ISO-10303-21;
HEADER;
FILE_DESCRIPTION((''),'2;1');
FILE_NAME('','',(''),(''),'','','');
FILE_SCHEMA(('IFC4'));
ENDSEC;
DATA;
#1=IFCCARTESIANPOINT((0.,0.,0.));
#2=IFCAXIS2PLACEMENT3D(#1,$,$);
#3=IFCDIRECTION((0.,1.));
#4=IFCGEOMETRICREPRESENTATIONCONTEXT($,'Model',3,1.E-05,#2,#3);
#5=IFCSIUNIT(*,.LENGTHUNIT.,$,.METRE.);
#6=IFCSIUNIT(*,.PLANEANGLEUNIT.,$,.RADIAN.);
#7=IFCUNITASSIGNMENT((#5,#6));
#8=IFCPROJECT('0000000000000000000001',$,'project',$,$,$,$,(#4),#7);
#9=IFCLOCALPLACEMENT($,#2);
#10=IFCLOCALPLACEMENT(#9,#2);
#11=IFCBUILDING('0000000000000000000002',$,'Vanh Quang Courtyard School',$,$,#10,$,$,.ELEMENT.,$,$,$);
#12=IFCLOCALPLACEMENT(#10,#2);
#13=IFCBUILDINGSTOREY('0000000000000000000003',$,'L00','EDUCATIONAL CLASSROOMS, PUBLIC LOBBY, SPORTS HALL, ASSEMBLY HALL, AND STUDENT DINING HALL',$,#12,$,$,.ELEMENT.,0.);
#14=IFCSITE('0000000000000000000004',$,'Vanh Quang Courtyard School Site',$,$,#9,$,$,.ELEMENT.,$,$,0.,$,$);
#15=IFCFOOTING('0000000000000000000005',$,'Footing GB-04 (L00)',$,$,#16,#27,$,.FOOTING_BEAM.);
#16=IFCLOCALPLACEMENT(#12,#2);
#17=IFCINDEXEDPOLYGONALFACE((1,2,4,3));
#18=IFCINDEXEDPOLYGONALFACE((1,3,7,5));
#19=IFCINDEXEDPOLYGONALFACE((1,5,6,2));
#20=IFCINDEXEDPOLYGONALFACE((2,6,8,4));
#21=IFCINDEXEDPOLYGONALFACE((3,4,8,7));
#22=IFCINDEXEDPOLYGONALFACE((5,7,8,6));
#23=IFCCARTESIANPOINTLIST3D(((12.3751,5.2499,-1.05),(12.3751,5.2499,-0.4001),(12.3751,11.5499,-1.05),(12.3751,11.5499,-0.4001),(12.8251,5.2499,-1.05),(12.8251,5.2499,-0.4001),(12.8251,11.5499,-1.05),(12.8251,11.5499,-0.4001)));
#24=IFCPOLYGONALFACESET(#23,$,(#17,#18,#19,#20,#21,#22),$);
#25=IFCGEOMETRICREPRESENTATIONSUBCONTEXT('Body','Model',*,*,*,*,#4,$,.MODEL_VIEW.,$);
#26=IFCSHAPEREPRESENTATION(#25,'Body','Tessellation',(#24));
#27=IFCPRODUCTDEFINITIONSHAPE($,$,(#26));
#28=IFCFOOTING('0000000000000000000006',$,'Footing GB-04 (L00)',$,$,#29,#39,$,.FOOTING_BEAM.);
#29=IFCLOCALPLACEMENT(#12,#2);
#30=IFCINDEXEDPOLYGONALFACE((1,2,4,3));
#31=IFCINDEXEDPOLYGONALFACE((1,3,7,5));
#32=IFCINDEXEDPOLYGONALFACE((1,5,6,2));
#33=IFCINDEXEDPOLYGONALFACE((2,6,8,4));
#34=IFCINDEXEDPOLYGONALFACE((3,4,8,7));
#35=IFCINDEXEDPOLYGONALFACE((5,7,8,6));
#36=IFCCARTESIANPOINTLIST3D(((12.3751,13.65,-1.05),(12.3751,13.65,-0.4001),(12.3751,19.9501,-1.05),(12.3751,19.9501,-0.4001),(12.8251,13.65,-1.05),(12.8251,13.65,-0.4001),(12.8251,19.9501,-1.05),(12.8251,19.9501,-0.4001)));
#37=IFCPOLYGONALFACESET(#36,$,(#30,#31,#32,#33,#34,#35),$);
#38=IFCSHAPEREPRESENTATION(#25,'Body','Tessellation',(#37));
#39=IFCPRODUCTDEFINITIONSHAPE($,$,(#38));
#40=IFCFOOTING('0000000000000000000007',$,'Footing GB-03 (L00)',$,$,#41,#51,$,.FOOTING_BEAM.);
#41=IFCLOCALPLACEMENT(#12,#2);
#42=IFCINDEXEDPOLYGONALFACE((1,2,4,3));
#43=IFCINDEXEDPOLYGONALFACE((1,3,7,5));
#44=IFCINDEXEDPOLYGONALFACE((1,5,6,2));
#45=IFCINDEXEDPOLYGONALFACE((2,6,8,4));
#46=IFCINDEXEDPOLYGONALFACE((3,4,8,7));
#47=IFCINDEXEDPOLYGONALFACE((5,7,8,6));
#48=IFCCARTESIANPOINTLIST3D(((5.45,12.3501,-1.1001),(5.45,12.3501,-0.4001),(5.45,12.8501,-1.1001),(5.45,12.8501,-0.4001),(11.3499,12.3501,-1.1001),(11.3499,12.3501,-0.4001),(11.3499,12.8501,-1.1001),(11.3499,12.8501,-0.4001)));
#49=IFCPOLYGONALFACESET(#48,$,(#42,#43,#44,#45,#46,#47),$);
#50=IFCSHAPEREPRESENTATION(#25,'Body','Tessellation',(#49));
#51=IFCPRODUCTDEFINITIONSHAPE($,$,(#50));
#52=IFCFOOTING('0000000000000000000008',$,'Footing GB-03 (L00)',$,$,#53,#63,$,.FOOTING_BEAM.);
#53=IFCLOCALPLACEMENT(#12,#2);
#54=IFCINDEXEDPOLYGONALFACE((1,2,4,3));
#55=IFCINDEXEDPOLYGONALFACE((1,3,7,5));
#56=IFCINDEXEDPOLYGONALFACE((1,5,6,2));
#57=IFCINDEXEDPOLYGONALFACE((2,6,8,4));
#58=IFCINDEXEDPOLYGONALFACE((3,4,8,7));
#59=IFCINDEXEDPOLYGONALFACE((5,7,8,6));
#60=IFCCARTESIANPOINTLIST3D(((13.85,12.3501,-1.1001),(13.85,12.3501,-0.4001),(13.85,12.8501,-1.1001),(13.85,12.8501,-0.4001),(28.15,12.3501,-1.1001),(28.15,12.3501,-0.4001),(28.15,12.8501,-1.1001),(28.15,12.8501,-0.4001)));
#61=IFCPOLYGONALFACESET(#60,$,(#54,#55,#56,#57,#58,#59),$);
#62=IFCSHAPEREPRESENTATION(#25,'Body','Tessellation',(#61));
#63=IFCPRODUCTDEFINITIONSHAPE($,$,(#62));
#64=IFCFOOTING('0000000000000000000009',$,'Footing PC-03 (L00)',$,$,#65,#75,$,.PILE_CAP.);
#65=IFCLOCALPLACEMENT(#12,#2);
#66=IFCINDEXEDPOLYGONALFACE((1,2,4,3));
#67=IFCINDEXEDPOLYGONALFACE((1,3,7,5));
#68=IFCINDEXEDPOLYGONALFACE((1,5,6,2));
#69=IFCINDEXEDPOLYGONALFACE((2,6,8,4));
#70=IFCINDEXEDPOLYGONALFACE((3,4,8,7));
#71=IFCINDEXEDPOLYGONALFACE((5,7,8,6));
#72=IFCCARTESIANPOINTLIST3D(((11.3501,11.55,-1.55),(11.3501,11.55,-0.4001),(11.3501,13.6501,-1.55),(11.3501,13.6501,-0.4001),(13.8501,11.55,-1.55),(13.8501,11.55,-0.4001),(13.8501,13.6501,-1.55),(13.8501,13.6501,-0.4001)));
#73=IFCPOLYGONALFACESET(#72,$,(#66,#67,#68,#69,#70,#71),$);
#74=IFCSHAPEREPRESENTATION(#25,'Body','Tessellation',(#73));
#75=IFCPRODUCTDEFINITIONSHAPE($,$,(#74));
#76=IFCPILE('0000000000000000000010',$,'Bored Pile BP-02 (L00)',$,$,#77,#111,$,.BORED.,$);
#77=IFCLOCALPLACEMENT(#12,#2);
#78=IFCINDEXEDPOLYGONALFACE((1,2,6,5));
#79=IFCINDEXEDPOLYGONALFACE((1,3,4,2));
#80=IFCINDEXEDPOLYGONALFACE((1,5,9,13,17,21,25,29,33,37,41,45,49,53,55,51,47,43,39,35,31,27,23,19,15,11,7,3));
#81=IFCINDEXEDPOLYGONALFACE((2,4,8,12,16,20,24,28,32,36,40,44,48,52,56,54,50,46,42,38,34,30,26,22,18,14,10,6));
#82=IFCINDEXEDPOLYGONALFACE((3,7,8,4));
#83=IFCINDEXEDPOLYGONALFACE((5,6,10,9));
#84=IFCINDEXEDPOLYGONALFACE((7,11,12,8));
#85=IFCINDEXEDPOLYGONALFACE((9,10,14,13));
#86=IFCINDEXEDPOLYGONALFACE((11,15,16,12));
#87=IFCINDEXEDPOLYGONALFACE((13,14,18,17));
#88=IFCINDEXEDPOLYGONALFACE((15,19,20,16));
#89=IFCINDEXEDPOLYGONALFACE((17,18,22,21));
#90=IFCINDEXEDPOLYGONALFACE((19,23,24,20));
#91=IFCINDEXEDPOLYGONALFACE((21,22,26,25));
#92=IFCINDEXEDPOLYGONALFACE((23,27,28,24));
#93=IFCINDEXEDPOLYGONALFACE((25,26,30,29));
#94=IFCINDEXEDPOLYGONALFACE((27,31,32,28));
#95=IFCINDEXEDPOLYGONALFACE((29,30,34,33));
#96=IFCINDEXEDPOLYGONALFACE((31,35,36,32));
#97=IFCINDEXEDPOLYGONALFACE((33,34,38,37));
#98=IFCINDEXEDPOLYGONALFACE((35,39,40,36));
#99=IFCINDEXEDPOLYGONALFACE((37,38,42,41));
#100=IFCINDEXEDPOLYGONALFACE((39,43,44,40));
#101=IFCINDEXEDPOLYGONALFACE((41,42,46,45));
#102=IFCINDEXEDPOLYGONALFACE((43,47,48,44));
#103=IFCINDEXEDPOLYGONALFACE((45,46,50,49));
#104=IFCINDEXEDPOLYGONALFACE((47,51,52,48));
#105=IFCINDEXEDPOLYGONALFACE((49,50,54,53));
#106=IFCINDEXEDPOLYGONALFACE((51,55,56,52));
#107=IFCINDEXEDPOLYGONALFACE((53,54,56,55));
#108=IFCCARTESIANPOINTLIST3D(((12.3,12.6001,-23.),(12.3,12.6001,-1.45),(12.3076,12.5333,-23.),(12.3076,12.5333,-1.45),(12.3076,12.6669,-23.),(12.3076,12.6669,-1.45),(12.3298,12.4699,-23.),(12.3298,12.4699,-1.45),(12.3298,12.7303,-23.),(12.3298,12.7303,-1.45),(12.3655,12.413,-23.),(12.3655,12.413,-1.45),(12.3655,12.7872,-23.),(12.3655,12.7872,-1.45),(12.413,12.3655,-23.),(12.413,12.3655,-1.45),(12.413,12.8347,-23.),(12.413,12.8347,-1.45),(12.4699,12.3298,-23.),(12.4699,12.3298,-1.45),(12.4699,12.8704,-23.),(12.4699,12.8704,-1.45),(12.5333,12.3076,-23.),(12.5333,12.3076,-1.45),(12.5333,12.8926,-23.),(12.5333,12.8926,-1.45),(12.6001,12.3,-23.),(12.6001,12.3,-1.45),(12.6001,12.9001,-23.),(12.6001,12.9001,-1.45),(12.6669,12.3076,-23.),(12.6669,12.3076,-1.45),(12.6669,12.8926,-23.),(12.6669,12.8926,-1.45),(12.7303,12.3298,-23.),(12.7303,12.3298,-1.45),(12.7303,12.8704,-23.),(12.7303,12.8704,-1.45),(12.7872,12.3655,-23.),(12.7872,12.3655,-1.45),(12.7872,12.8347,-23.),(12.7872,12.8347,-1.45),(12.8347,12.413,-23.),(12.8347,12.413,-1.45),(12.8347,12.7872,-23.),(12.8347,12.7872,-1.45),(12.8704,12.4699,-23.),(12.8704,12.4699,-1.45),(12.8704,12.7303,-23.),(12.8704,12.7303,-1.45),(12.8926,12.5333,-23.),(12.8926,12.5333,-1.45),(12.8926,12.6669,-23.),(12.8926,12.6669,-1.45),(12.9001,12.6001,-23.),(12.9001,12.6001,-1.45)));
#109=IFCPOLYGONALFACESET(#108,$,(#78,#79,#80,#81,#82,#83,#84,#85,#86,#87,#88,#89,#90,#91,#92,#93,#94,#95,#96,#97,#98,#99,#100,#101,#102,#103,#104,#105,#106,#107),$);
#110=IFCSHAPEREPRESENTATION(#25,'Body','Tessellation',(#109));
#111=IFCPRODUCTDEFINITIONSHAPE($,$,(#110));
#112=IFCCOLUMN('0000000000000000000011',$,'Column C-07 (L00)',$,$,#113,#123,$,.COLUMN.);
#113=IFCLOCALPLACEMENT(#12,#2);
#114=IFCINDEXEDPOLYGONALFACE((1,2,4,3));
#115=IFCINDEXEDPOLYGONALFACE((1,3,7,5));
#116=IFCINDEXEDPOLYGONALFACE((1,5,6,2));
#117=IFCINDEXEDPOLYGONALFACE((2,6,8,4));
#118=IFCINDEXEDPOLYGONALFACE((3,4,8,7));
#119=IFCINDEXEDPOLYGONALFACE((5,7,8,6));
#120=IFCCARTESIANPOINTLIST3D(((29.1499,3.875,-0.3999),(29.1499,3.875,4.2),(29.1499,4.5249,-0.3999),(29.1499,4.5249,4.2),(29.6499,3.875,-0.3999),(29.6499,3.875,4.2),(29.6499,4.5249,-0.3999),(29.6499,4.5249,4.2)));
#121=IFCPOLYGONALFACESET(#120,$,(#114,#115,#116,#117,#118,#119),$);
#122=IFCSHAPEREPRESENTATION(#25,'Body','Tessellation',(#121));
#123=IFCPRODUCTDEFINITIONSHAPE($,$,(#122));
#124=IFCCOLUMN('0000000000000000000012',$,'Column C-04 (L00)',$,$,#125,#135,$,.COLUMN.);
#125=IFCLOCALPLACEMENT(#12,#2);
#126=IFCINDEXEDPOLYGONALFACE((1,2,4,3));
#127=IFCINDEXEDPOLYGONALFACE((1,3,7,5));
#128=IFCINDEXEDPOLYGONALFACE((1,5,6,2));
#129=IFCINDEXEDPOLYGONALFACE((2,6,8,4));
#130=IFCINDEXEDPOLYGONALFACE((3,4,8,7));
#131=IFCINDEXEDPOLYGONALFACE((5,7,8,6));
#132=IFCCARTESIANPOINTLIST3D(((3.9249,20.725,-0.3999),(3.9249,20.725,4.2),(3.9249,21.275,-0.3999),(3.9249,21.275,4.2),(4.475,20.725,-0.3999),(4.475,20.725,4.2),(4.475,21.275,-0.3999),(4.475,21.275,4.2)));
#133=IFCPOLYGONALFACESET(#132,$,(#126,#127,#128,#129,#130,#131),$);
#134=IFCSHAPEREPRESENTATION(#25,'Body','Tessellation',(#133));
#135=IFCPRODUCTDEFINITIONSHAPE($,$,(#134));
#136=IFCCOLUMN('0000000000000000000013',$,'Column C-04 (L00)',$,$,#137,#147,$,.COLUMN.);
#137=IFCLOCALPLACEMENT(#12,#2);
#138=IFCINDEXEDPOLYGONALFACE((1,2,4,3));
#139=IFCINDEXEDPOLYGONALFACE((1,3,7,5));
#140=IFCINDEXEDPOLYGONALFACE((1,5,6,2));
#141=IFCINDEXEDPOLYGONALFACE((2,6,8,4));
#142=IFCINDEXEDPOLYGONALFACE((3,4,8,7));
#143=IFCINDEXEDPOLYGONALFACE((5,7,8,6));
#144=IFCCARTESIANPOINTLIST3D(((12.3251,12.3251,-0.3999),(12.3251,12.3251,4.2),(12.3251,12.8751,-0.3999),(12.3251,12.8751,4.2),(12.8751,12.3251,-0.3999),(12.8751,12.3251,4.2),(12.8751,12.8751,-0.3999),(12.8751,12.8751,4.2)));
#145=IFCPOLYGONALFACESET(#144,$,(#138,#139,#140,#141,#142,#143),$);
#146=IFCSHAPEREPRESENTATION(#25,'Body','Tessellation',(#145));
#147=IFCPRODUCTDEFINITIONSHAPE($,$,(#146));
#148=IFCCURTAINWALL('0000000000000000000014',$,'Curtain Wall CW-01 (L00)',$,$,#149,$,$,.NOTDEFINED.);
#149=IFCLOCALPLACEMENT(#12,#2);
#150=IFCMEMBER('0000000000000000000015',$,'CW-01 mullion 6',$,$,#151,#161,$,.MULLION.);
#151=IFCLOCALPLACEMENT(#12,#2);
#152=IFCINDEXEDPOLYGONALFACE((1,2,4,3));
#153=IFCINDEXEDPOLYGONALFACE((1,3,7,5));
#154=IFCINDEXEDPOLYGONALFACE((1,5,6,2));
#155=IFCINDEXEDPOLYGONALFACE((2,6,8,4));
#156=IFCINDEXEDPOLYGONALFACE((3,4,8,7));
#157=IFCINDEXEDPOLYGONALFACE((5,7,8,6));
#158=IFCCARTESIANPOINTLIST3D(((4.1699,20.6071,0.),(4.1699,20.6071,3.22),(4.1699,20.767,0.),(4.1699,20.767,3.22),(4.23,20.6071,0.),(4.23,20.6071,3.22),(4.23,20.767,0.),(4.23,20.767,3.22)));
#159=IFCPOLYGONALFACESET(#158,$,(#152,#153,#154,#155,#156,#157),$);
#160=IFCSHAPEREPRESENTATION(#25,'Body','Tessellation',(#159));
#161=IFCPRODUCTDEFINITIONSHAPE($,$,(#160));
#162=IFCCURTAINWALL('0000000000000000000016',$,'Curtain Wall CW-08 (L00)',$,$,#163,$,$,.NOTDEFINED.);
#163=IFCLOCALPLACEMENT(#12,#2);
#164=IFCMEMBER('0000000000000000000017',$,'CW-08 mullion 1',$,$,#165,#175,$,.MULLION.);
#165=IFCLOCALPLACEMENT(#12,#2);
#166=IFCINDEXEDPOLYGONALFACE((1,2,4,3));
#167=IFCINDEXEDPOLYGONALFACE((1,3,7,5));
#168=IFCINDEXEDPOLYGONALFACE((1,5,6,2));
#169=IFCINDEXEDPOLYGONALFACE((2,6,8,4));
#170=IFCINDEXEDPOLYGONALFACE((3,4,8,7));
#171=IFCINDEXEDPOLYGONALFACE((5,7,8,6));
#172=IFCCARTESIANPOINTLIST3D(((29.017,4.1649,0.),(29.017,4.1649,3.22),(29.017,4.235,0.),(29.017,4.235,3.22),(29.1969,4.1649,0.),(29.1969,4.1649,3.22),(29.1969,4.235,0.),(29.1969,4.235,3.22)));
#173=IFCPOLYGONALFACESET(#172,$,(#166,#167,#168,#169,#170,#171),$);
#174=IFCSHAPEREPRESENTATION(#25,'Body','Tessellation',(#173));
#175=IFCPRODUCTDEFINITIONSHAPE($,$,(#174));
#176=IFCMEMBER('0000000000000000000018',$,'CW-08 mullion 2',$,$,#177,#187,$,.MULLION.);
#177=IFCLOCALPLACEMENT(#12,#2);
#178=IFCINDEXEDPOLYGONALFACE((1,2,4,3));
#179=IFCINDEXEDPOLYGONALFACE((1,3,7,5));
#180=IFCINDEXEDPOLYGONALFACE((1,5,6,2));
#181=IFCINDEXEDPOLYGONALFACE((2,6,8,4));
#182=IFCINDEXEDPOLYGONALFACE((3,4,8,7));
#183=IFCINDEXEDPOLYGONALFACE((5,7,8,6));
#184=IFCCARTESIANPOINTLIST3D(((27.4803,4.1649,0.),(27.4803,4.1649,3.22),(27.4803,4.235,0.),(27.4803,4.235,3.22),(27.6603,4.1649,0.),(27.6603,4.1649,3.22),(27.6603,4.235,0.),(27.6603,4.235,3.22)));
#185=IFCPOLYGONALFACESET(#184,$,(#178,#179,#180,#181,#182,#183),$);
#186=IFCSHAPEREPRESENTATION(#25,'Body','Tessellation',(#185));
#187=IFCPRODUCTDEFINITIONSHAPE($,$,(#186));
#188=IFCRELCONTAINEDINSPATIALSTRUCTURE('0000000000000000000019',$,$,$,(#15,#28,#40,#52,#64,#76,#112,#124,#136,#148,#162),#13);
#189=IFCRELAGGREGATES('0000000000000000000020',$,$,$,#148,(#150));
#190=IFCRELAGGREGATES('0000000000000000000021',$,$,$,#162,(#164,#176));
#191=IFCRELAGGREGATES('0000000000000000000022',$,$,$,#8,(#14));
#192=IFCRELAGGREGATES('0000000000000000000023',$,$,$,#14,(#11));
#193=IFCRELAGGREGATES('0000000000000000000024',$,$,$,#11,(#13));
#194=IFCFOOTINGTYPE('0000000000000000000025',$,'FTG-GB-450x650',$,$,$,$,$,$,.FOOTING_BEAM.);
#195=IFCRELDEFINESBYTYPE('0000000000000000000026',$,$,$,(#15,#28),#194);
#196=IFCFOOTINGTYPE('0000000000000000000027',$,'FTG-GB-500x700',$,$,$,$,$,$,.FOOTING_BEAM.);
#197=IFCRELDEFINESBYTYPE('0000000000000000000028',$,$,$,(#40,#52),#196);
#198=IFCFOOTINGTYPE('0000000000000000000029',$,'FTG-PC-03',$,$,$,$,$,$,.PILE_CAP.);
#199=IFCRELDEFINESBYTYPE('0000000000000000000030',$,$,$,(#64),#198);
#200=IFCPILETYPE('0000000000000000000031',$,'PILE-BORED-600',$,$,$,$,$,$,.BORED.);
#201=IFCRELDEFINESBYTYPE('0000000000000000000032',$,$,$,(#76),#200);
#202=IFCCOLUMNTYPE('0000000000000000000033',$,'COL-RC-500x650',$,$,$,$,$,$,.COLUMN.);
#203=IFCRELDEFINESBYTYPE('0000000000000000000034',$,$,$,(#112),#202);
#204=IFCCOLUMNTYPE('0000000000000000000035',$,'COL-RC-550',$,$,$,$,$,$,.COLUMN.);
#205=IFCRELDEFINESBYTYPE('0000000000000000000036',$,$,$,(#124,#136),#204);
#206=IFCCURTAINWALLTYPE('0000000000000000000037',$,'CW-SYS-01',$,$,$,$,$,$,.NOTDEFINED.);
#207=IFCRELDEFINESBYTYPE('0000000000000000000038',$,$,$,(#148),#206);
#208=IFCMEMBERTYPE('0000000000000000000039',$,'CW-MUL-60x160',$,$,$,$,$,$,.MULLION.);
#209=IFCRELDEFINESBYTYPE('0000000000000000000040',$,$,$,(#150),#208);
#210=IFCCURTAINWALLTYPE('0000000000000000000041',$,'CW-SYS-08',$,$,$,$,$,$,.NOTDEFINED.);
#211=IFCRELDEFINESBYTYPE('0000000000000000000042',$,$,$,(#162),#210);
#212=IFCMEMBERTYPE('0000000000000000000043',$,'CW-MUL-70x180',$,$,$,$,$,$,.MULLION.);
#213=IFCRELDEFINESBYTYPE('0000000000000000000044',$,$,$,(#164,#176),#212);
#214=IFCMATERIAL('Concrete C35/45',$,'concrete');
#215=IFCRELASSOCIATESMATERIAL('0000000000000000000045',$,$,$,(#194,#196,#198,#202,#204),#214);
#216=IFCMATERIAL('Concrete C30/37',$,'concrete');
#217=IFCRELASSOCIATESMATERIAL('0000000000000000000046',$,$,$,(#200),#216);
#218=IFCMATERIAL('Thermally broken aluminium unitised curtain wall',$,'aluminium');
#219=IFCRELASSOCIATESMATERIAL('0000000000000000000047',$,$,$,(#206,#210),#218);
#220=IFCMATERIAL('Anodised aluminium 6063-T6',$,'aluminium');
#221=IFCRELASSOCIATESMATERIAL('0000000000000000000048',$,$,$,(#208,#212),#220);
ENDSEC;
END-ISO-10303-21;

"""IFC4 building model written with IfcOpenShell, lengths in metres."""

from ifc_helpers import new_model, si_unit, direction, frame, origin, origin_2d, place, context, subcontext, project, spatial, rectangle, circle, extrude, material, material_profile, profile_set, type_object, element, aggregate, save


model = new_model("IFC4")

# Units and contexts
model_context = context("Model", 3, precision=1e-05, world=origin(), true_north=direction((0.0, 1.0)))
body_context = subcontext(model_context, "Body", "Model", "MODEL_VIEW")
ifc_project = project(units=[si_unit("LENGTHUNIT", "METRE"), si_unit("PLANEANGLEUNIT", "RADIAN")], contexts=[model_context])

# Site, building, storey
site_placement = place(None, origin())
site = spatial("IfcSite", under=ifc_project, at=site_placement, Name="Vanh Quang Courtyard School Site", CompositionType="ELEMENT", RefElevation=0.0)
building_placement = place(site_placement, origin())
building = spatial("IfcBuilding", under=site, at=building_placement, Name="Vanh Quang Courtyard School", CompositionType="ELEMENT")
storey_placement = place(building_placement, origin())
storey = spatial("IfcBuildingStorey", under=building, at=storey_placement, Name="L00", Description="EDUCATIONAL CLASSROOMS, PUBLIC LOBBY, SPORTS HALL, ASSEMBLY HALL, AND STUDENT DINING HALL", CompositionType="ELEMENT", Elevation=0.0)

# Footings
ifc_material_1 = material(Name="Concrete C35/45", Category="concrete")
footing_type_1 = type_object("IfcFootingType", Name="FTG-GB-450x650", PredefinedType="FOOTING_BEAM", material=ifc_material_1)
for number, where, z_axis, x_axis, name in (
    (1, (12.6001, 8.3999, -1.05), (0.0, 0.0, 1.0), (0.0, 1.0, 0.0), "Footing GB-04 (L00)"),
    (2, (12.6001, 16.8, -1.05), (0.0, 0.0, 1.0), (0.0, 1.0, 0.0), "Footing GB-04 (L00)"),
):
    element("IfcFooting", number, at=place(storey_placement, frame(where, z_axis=z_axis, x_axis=x_axis)), inside=storey, type_object=footing_type_1, Name=name, PredefinedType="FOOTING_BEAM", context=body_context, shape_type="SweptSolid", body=[
        extrude(rectangle(XDim=6.3, YDim=0.45, at=origin_2d()), origin(), (0.0, 0.0, 1.0), 0.6499),
    ])
footing_type_2 = type_object("IfcFootingType", Name="FTG-GB-500x700", PredefinedType="FOOTING_BEAM", material=ifc_material_1)
footing_1_placement = place(storey_placement, frame((8.3999, 12.6001, -1.1001), z_axis=(0.0, 0.0, 1.0), x_axis=(1.0, 0.0, 0.0)))
element("IfcFooting", 3, at=footing_1_placement, inside=storey, type_object=footing_type_2, Name="Footing GB-03 (L00)", PredefinedType="FOOTING_BEAM", context=body_context, shape_type="SweptSolid", body=[
    extrude(rectangle(XDim=5.8999, YDim=0.5, at=origin_2d()), origin(), (0.0, 0.0, 1.0), 0.7),
])
footing_2_placement = place(storey_placement, frame((21.0, 12.6001, -1.1001), z_axis=(0.0, 0.0, 1.0), x_axis=(1.0, 0.0, 0.0)))
element("IfcFooting", 4, at=footing_2_placement, inside=storey, type_object=footing_type_2, Name="Footing GB-03 (L00)", PredefinedType="FOOTING_BEAM", context=body_context, shape_type="SweptSolid", body=[
    extrude(rectangle(XDim=14.3, YDim=0.5, at=origin_2d()), origin(), (0.0, 0.0, 1.0), 0.7),
])
footing_type_3 = type_object("IfcFootingType", Name="FTG-PC-03", PredefinedType="PILE_CAP", material=ifc_material_1)
footing_3_placement = place(storey_placement, frame((12.6001, 12.6001, -1.55), z_axis=(0.0, 0.0, 1.0), x_axis=(1.0, 0.0, 0.0)))
element("IfcFooting", 5, at=footing_3_placement, inside=storey, type_object=footing_type_3, Name="Footing PC-03 (L00)", PredefinedType="PILE_CAP", context=body_context, shape_type="SweptSolid", body=[
    extrude(rectangle(XDim=2.5, YDim=2.1001, at=origin_2d()), origin(), (0.0, 0.0, 1.0), 1.1499),
])

# Pile
ifc_material_2 = material(Name="Concrete C30/37", Category="concrete")
ifc_material_profile_1 = material_profile(ifc_material_2, circle(Radius=0.3, at=origin_2d()), Name="PILE D600")
ifc_profile_set_1 = profile_set([ifc_material_profile_1], Name="Concrete C30/37")
pile_type = type_object("IfcPileType", Name="PILE-BORED-600", PredefinedType="BORED", material=ifc_profile_set_1)
pile_placement = place(storey_placement, frame((12.6001, 12.6001, -1.45), z_axis=(0.0, 0.0, -1.0), x_axis=(1.0, 0.0, 0.0)))
element("IfcPile", 6, at=pile_placement, inside=storey, type_object=pile_type, Name="Bored Pile BP-02 (L00)", PredefinedType="BORED", context=body_context, shape_type="SweptSolid", body=[
    extrude(circle(Radius=0.3, at=origin_2d()), origin(), (0.0, 0.0, 1.0), 21.55),
])

# Columns
ifc_material_profile_2 = material_profile(ifc_material_1, rectangle(XDim=0.5, YDim=0.6499, at=origin_2d()), Name="RC-COL 500x650")
ifc_profile_set_2 = profile_set([ifc_material_profile_2], Name="Concrete C35/45")
column_type_1 = type_object("IfcColumnType", Name="COL-RC-500x650", PredefinedType="COLUMN", material=ifc_profile_set_2)
column_placement = place(storey_placement, frame((29.3999, 4.2, -0.3999), z_axis=(0.0, 0.0, 1.0), x_axis=(1.0, 0.0, 0.0)))
element("IfcColumn", 7, at=column_placement, inside=storey, type_object=column_type_1, Name="Column C-07 (L00)", PredefinedType="COLUMN", context=body_context, shape_type="SweptSolid", body=[
    extrude(rectangle(XDim=0.5, YDim=0.6499, at=origin_2d()), origin(), (0.0, 0.0, 1.0), 4.5999),
])
ifc_material_profile_3 = material_profile(ifc_material_1, rectangle(XDim=0.55, YDim=0.55, at=origin_2d()), Name="RC-COL 550x550")
ifc_profile_set_3 = profile_set([ifc_material_profile_3], Name="Concrete C35/45")
column_type_2 = type_object("IfcColumnType", Name="COL-RC-550", PredefinedType="COLUMN", material=ifc_profile_set_3)
for number, where, z_axis, x_axis, name in (
    (8, (4.2, 21.0, -0.3999), (0.0, 0.0, 1.0), (1.0, 0.0, 0.0), "Column C-04 (L00)"),
    (9, (12.6001, 12.6001, -0.3999), (0.0, 0.0, 1.0), (1.0, 0.0, 0.0), "Column C-04 (L00)"),
):
    element("IfcColumn", number, at=place(storey_placement, frame(where, z_axis=z_axis, x_axis=x_axis)), inside=storey, type_object=column_type_2, Name=name, PredefinedType="COLUMN", context=body_context, shape_type="SweptSolid", body=[
        extrude(rectangle(XDim=0.55, YDim=0.55, at=origin_2d()), origin(), (0.0, 0.0, 1.0), 4.5999),
    ])

# Curtain wall, member
ifc_material_3 = material(Name="Thermally broken aluminium unitised curtain wall", Category="aluminium")
curtain_wall_type_1 = type_object("IfcCurtainWallType", Name="CW-SYS-01", PredefinedType="NOTDEFINED", material=ifc_material_3)
curtain_wall_1_placement = place(storey_placement, origin())
curtain_wall_1 = element("IfcCurtainWall", 10, at=curtain_wall_1_placement, inside=storey, type_object=curtain_wall_type_1, Name="Curtain Wall CW-01 (L00)", PredefinedType="NOTDEFINED")
ifc_material_4 = material(Name="Anodised aluminium 6063-T6", Category="aluminium")
ifc_material_profile_4 = material_profile(ifc_material_4, rectangle(XDim=0.0601, YDim=0.1599, at=origin_2d()), Name="ALU-MUL 60x160")
ifc_profile_set_4 = profile_set([ifc_material_profile_4], Name="Anodised aluminium 6063-T6")
member_type_1 = type_object("IfcMemberType", Name="CW-MUL-60x160", PredefinedType="MULLION", material=ifc_profile_set_4)
member_1_placement = place(storey_placement, frame((4.2, 20.687, 0.0), z_axis=(0.0, 0.0, 1.0), x_axis=(-1.0, 0.0, 0.0)))
member_1 = element("IfcMember", 11, at=member_1_placement, type_object=member_type_1, Name="CW-01 mullion 6", PredefinedType="MULLION", context=body_context, shape_type="SweptSolid", body=[
    extrude(rectangle(XDim=0.0601, YDim=0.1599, at=origin_2d()), origin(), (0.0, 0.0, 1.0), 3.22),
])
aggregate(curtain_wall_1, [member_1])

# Curtain wall, members
curtain_wall_type_2 = type_object("IfcCurtainWallType", Name="CW-SYS-08", PredefinedType="NOTDEFINED", material=ifc_material_3)
curtain_wall_2_placement = place(storey_placement, origin())
curtain_wall_2 = element("IfcCurtainWall", 12, at=curtain_wall_2_placement, inside=storey, type_object=curtain_wall_type_2, Name="Curtain Wall CW-08 (L00)", PredefinedType="NOTDEFINED")
ifc_material_profile_5 = material_profile(ifc_material_4, rectangle(XDim=0.0701, YDim=0.1799, at=origin_2d()), Name="ALU-MUL 70x180")
ifc_profile_set_5 = profile_set([ifc_material_profile_5], Name="Anodised aluminium 6063-T6")
member_type_2 = type_object("IfcMemberType", Name="CW-MUL-70x180", PredefinedType="MULLION", material=ifc_profile_set_5)
member_2_placement = place(storey_placement, frame((29.1069, 4.2, 0.0), z_axis=(0.0, 0.0, 1.0), x_axis=(0.0, -1.0, 0.0)))
member_2 = element("IfcMember", 13, at=member_2_placement, type_object=member_type_2, Name="CW-08 mullion 1", PredefinedType="MULLION", context=body_context, shape_type="SweptSolid", body=[
    extrude(rectangle(XDim=0.0701, YDim=0.1799, at=origin_2d()), origin(), (0.0, 0.0, 1.0), 3.22),
])
member_3_placement = place(storey_placement, frame((27.5703, 4.2, 0.0), z_axis=(0.0, 0.0, 1.0), x_axis=(0.0, -1.0, 0.0)))
member_3 = element("IfcMember", 14, at=member_3_placement, type_object=member_type_2, Name="CW-08 mullion 2", PredefinedType="MULLION", context=body_context, shape_type="SweptSolid", body=[
    extrude(rectangle(XDim=0.0701, YDim=0.1799, at=origin_2d()), origin(), (0.0, 0.0, 1.0), 3.22),
])
aggregate(curtain_wall_2, [member_2, member_3])

save(model, "model.ifc")
